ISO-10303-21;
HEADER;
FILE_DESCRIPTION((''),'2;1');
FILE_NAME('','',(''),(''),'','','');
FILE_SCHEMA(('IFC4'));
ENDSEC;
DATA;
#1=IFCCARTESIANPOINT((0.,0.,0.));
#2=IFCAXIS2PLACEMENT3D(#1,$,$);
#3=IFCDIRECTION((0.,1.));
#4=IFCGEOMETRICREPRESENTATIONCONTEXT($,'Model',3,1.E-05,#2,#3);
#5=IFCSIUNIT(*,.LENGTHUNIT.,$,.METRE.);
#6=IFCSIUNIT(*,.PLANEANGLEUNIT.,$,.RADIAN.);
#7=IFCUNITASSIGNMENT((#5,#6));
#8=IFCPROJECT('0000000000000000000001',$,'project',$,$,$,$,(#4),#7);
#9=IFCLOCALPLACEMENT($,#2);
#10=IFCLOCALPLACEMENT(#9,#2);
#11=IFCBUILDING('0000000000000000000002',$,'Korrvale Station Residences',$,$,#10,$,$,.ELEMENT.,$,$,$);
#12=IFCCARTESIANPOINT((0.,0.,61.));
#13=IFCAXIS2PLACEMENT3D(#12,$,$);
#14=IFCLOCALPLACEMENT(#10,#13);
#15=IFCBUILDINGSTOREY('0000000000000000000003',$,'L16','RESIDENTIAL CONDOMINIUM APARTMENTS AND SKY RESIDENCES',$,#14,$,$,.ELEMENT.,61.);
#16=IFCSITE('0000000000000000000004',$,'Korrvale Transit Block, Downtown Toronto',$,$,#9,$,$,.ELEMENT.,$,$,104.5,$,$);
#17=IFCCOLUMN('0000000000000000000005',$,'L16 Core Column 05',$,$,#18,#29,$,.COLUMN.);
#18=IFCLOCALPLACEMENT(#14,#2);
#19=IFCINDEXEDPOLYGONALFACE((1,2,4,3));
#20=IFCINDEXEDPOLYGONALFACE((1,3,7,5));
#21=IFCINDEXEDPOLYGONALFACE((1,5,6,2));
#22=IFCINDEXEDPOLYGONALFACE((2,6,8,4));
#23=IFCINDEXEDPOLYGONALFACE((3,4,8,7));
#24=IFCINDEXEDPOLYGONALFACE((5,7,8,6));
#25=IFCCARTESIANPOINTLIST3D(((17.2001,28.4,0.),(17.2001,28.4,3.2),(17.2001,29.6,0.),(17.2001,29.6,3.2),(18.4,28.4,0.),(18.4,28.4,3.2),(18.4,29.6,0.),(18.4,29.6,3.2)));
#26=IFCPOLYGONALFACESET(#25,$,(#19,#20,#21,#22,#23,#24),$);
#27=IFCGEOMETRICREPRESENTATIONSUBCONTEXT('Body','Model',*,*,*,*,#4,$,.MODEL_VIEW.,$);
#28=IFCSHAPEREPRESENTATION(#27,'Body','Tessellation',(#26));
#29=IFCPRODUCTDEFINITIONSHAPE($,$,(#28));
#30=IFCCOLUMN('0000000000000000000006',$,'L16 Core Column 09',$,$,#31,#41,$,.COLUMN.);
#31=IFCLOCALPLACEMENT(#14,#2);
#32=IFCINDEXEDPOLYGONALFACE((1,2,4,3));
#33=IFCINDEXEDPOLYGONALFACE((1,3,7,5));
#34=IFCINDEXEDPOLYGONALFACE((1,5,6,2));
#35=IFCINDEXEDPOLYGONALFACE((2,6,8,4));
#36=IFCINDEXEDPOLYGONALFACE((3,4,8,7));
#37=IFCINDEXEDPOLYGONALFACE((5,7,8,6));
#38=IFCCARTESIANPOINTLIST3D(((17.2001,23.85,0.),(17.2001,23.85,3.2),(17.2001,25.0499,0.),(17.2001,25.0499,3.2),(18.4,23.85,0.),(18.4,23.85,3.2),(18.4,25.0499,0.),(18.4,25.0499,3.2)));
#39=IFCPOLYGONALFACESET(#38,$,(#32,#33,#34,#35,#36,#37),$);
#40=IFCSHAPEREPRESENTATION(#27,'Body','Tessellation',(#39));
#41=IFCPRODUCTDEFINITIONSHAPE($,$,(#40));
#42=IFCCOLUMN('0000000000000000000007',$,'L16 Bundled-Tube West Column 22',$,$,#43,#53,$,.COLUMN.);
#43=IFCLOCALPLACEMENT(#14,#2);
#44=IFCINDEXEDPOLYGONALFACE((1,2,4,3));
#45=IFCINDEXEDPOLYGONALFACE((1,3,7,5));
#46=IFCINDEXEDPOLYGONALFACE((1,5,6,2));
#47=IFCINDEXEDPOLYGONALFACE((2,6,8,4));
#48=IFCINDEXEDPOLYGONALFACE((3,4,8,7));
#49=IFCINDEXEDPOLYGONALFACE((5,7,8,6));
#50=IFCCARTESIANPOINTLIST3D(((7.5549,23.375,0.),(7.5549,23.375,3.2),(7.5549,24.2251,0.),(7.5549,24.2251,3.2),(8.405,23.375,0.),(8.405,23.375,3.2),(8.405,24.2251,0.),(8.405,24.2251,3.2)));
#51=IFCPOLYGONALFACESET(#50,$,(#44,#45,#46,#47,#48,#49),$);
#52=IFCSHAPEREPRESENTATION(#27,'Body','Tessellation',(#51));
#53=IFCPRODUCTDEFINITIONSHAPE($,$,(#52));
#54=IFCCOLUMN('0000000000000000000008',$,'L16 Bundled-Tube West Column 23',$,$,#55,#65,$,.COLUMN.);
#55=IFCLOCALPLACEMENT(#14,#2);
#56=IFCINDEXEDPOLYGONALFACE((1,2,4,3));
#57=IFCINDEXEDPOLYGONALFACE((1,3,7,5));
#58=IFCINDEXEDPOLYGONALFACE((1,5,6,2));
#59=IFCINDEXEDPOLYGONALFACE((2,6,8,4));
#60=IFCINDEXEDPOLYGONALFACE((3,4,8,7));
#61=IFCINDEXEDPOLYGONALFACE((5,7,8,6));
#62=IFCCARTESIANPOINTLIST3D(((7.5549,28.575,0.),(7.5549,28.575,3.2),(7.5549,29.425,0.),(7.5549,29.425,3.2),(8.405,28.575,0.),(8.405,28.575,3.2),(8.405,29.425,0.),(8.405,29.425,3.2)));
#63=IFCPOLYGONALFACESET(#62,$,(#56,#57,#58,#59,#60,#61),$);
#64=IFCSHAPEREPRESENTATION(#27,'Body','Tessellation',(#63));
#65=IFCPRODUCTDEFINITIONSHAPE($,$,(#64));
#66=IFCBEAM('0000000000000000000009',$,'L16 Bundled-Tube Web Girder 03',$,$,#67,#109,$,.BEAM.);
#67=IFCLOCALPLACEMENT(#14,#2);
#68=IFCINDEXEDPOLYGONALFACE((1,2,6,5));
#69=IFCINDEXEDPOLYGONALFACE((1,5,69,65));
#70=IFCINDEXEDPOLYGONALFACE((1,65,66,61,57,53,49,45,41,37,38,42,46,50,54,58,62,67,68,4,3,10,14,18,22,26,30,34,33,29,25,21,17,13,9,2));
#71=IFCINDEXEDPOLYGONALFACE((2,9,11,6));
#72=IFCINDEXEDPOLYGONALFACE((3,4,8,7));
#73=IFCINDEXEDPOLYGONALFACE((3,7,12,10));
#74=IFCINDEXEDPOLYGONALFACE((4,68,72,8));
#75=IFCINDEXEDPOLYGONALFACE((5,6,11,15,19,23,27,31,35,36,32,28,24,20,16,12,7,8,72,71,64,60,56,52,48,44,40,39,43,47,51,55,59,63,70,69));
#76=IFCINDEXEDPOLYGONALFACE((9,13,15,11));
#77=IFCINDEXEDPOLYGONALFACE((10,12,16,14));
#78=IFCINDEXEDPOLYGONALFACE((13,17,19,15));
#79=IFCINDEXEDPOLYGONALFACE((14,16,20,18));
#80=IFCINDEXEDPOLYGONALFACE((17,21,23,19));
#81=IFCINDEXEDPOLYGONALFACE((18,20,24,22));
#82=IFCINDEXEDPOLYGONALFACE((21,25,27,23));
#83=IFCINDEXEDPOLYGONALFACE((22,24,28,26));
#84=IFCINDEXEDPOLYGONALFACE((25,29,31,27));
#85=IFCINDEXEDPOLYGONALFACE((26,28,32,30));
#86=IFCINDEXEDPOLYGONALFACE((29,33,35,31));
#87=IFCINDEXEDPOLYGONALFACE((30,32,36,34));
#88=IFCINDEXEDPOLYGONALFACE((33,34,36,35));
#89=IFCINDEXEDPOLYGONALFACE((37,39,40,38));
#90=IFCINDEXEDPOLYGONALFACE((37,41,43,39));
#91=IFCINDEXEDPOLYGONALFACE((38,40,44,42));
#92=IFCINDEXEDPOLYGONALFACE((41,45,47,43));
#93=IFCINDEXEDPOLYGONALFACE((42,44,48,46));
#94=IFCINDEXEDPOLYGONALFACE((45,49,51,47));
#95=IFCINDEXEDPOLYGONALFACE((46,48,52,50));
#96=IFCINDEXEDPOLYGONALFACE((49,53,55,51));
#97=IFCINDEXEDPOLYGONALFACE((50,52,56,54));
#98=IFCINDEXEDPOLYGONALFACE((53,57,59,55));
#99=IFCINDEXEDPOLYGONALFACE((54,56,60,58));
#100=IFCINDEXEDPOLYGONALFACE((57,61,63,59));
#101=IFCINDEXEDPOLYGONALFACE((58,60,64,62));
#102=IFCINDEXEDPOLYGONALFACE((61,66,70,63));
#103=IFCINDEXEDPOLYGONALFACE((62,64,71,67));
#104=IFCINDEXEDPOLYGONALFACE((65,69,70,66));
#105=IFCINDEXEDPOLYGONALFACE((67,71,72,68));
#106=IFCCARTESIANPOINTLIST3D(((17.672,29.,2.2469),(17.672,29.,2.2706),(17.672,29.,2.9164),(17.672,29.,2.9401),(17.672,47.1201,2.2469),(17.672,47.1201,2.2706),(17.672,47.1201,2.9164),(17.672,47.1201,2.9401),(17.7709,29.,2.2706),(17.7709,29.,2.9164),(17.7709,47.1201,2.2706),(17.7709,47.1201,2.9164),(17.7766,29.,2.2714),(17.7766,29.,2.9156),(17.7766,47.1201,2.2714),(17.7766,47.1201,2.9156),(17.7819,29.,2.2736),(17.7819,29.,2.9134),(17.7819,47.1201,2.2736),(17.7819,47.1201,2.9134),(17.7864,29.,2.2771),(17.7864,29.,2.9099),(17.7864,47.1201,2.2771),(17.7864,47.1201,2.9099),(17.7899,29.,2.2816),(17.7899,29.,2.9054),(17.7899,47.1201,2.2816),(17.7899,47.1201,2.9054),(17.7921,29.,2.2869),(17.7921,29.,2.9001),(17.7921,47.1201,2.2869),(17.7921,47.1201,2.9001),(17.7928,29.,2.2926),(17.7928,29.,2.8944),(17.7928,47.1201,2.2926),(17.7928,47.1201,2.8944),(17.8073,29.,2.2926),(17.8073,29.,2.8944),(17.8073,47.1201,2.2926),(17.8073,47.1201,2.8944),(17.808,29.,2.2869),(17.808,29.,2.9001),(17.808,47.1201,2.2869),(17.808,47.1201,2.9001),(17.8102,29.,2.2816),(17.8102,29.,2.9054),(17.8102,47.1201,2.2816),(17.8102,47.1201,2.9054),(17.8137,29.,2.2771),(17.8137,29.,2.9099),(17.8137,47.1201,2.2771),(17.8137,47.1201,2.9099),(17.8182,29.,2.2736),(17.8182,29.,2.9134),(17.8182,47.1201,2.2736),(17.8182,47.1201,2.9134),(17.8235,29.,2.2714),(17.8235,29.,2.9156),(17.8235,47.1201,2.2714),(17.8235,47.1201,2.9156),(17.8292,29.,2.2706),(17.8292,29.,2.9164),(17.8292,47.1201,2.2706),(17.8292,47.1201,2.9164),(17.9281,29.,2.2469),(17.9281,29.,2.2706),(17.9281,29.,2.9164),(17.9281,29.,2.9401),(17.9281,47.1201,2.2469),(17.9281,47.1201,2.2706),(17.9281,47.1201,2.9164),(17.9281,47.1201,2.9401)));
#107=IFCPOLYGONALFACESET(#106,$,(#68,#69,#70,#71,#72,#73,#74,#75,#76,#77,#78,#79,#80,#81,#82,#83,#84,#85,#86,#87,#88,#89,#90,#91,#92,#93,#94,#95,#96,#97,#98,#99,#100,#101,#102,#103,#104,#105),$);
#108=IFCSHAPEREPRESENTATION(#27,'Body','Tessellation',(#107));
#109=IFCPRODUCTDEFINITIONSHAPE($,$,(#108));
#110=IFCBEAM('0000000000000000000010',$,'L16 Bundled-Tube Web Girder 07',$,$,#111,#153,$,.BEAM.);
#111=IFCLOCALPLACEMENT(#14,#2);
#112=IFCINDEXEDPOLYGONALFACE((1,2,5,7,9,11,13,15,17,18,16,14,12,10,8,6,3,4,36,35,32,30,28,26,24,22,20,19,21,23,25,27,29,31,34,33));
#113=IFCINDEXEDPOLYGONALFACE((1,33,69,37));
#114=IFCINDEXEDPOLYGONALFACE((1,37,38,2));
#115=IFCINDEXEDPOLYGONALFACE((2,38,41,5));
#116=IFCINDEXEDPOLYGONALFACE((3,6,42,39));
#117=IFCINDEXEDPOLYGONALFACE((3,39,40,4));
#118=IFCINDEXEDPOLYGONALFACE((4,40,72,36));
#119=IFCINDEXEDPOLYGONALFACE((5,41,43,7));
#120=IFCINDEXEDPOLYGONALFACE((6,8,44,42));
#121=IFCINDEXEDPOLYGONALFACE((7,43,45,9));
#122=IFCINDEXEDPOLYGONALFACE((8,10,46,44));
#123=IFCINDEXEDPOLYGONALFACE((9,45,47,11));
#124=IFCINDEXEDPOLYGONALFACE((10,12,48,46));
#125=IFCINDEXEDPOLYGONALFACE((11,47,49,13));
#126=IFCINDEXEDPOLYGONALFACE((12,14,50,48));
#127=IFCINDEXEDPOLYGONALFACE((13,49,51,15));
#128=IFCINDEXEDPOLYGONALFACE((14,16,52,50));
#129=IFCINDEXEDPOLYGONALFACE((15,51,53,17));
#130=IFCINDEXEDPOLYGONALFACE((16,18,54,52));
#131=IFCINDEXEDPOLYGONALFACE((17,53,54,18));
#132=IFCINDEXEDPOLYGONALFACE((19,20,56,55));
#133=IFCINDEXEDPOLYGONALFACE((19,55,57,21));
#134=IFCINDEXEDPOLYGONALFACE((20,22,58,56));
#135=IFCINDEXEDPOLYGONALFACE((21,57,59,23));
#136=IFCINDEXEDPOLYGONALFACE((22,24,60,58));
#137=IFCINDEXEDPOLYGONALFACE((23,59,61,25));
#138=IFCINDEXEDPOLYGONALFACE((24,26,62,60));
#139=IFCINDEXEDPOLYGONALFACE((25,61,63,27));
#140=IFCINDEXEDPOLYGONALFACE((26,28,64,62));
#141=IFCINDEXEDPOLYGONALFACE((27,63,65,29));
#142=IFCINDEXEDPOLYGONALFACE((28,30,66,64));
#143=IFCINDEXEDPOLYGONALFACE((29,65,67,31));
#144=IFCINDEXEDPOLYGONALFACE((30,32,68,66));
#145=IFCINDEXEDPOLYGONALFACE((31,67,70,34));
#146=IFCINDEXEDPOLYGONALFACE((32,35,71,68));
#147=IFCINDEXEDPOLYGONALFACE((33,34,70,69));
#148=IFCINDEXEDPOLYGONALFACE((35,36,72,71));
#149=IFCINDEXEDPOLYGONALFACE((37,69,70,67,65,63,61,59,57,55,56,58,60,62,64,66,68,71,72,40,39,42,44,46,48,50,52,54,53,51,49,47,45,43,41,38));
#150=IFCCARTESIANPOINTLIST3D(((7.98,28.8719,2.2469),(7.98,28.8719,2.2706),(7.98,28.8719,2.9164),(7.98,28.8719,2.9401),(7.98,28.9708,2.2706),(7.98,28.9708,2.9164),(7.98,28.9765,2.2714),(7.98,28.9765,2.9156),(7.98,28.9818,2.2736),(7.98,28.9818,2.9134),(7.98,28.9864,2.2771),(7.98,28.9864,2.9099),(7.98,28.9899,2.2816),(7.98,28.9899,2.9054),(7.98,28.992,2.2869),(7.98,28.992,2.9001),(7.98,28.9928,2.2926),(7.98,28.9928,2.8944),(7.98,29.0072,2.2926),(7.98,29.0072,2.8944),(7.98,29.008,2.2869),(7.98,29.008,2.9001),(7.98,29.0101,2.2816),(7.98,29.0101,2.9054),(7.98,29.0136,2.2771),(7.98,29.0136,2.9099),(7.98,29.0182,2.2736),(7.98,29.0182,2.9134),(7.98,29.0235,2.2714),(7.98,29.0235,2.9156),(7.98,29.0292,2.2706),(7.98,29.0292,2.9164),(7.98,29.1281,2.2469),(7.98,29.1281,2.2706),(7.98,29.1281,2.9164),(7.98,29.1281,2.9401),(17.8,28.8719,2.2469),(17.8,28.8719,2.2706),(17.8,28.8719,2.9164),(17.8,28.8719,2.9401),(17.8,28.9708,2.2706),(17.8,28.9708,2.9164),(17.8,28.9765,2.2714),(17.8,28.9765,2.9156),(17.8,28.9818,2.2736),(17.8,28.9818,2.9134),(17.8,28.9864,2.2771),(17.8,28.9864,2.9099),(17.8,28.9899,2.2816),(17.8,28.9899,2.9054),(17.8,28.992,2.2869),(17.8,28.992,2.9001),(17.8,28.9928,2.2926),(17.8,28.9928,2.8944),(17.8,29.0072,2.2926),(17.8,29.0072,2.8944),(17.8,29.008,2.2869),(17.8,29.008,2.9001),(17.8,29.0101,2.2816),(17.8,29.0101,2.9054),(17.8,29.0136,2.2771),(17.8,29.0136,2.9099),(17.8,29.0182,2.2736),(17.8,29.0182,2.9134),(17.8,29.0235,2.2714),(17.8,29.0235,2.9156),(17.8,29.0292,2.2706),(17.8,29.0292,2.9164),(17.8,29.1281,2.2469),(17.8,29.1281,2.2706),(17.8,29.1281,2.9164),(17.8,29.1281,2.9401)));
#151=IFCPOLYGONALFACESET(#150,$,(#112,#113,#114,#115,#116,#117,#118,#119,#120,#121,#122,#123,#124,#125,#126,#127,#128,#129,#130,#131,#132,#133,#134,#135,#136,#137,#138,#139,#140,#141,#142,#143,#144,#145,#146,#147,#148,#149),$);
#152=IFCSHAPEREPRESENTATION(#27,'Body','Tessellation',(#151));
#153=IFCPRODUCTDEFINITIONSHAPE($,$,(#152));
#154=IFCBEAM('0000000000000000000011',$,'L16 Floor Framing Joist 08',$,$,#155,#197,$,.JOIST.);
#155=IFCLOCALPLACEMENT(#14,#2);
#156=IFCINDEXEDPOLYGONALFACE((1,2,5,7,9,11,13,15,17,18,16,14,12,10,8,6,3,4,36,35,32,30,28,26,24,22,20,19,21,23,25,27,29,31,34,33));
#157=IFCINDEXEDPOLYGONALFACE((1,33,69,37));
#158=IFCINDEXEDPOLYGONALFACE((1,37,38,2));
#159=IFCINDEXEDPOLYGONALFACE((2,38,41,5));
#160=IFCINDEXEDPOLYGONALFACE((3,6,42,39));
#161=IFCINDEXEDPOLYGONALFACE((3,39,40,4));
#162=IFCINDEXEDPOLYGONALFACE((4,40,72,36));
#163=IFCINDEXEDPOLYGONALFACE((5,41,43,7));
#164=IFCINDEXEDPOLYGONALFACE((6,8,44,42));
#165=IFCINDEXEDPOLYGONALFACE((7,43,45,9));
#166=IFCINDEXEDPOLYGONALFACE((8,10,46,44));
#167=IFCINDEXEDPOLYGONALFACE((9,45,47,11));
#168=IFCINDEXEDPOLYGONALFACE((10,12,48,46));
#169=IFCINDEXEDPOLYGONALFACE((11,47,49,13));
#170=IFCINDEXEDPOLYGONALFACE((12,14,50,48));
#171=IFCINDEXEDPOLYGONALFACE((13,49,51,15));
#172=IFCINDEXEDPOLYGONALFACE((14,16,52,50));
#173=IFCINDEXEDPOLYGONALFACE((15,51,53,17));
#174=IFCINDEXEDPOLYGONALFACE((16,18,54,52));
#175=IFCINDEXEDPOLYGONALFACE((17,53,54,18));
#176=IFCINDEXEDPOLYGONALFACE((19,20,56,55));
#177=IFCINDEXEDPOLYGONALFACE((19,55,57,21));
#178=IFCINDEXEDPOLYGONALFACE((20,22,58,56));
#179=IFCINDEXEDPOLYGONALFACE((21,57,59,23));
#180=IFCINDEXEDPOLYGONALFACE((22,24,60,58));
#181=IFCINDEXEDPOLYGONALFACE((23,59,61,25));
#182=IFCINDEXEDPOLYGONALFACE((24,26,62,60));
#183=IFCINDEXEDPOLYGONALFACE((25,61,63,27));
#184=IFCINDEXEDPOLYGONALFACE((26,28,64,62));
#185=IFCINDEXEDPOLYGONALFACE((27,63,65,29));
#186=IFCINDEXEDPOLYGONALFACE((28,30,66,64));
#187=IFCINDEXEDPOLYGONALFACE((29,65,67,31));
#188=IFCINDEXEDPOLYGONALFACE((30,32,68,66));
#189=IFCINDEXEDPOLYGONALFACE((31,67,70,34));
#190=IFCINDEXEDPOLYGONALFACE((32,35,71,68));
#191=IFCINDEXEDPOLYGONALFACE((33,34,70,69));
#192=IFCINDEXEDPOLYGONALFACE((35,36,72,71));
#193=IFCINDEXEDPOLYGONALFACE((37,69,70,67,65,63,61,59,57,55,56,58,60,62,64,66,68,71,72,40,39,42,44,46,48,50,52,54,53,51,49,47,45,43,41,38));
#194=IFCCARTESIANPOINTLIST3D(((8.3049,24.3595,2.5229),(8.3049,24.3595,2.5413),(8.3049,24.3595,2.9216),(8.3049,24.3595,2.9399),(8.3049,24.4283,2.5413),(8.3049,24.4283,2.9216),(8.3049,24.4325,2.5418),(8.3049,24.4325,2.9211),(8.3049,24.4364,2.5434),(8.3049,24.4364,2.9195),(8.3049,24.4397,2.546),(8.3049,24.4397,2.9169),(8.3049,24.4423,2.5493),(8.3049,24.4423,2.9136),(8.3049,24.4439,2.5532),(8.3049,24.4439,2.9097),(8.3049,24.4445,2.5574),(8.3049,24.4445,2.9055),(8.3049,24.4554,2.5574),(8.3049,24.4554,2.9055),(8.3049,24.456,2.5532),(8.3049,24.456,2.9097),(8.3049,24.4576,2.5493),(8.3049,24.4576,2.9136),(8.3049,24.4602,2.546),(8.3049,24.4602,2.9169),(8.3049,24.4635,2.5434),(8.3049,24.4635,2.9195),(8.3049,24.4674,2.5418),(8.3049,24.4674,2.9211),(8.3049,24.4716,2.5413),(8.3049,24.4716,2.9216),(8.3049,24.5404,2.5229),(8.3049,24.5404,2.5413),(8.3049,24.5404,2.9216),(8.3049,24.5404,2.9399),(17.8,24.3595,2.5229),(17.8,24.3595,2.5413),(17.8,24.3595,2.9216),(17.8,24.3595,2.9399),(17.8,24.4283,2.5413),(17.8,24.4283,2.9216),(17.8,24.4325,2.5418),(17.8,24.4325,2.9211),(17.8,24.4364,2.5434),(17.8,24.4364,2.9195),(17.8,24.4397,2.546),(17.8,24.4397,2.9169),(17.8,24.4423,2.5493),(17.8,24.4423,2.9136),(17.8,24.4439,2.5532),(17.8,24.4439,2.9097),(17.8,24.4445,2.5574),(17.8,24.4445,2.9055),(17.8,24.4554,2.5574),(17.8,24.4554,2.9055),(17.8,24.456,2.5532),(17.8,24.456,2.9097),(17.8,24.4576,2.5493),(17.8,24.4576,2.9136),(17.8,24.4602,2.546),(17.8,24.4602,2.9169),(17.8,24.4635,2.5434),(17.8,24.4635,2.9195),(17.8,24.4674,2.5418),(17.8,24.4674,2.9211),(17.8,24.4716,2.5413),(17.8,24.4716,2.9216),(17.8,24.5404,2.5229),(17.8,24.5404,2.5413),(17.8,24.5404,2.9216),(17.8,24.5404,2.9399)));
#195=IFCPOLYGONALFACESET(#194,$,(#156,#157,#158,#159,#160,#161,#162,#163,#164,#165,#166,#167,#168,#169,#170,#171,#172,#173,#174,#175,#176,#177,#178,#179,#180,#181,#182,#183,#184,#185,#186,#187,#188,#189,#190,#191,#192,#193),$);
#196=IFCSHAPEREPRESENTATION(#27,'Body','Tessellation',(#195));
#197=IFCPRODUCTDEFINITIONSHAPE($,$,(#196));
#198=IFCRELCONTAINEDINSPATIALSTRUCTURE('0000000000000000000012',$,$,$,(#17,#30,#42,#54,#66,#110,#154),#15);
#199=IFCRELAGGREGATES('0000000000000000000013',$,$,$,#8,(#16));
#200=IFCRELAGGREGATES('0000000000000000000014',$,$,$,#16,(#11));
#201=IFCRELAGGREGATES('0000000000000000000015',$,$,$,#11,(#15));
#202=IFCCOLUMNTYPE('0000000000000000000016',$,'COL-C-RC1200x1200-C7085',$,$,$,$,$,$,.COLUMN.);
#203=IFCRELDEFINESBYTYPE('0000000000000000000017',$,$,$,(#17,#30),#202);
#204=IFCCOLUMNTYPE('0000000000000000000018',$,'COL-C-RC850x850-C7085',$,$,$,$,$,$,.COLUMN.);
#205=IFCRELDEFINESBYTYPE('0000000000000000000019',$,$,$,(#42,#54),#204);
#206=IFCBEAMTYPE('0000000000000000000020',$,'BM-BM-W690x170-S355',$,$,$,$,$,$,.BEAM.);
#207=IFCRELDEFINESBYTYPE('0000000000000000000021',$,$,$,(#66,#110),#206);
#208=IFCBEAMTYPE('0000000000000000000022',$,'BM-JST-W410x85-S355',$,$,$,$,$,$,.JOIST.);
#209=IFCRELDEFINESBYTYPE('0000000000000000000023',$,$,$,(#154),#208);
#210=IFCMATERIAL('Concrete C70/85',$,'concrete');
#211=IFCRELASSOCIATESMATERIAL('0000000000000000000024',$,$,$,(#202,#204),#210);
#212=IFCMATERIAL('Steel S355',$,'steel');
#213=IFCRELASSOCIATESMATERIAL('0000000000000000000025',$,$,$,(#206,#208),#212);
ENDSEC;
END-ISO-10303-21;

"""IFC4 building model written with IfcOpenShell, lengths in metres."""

from ifc_helpers import new_model, si_unit, direction, frame, origin, origin_2d, place, context, subcontext, project, spatial, rectangle, i_section, extrude, material, material_profile, profile_set, type_object, element, save


model = new_model("IFC4")

# Units and contexts
model_context = context("Model", 3, precision=1e-05, world=origin(), true_north=direction((0.0, 1.0)))
body_context = subcontext(model_context, "Body", "Model", "MODEL_VIEW")
ifc_project = project(units=[si_unit("LENGTHUNIT", "METRE"), si_unit("PLANEANGLEUNIT", "RADIAN")], contexts=[model_context])

# Site, building, storey
site_placement = place(None, origin())
site = spatial("IfcSite", under=ifc_project, at=site_placement, Name="Korrvale Transit Block, Downtown Toronto", CompositionType="ELEMENT", RefElevation=104.5)
building_placement = place(site_placement, origin())
building = spatial("IfcBuilding", under=site, at=building_placement, Name="Korrvale Station Residences", CompositionType="ELEMENT")
storey_placement = place(building_placement, frame((0.0, 0.0, 61.0)))
storey = spatial("IfcBuildingStorey", under=building, at=storey_placement, Name="L16", Description="RESIDENTIAL CONDOMINIUM APARTMENTS AND SKY RESIDENCES", CompositionType="ELEMENT", Elevation=61.0)

# Columns
ifc_material_1 = material(Name="Concrete C70/85", Category="concrete")
ifc_material_profile_1 = material_profile(ifc_material_1, rectangle(XDim=1.2, YDim=1.2, at=origin_2d()), Name="RC1200x1200")
ifc_profile_set_1 = profile_set([ifc_material_profile_1], Name="Concrete C70/85")
column_type_1 = type_object("IfcColumnType", Name="COL-C-RC1200x1200-C7085", PredefinedType="COLUMN", material=ifc_profile_set_1)
for number, where, z_axis, x_axis, name in (
    (1, (17.8, 29.0, 0.0), (0.0, 0.0, 1.0), (1.0, 0.0, 0.0), "L16 Core Column 05"),
    (2, (17.8, 24.45, 0.0), (0.0, 0.0, 1.0), (1.0, 0.0, 0.0), "L16 Core Column 09"),
):
    element("IfcColumn", number, at=place(storey_placement, frame(where, z_axis=z_axis, x_axis=x_axis)), inside=storey, type_object=column_type_1, Name=name, PredefinedType="COLUMN", context=body_context, shape_type="SweptSolid", body=[
        extrude(rectangle(XDim=1.2, YDim=1.2, at=origin_2d()), origin(), (0.0, 0.0, 1.0), 3.2),
    ])
ifc_material_profile_2 = material_profile(ifc_material_1, rectangle(XDim=0.8501, YDim=0.8501, at=origin_2d()), Name="RC850x850")
ifc_profile_set_2 = profile_set([ifc_material_profile_2], Name="Concrete C70/85")
column_type_2 = type_object("IfcColumnType", Name="COL-C-RC850x850-C7085", PredefinedType="COLUMN", material=ifc_profile_set_2)
for number, where, z_axis, x_axis, name in (
    (3, (7.98, 23.8, 0.0), (0.0, 0.0, 1.0), (1.0, 0.0, 0.0), "L16 Bundled-Tube West Column 22"),
    (4, (7.98, 29.0, 0.0), (0.0, 0.0, 1.0), (1.0, 0.0, 0.0), "L16 Bundled-Tube West Column 23"),
):
    element("IfcColumn", number, at=place(storey_placement, frame(where, z_axis=z_axis, x_axis=x_axis)), inside=storey, type_object=column_type_2, Name=name, PredefinedType="COLUMN", context=body_context, shape_type="SweptSolid", body=[
        extrude(rectangle(XDim=0.8501, YDim=0.8501, at=origin_2d()), origin(), (0.0, 0.0, 1.0), 3.2),
    ])

# Beams
ifc_material_2 = material(Name="Steel S355", Category="steel")
ifc_material_profile_3 = material_profile(ifc_material_2, i_section(OverallWidth=0.2561, OverallDepth=0.6931, WebThickness=0.0144, FlangeThickness=0.0237, FilletRadius=0.022, at=origin_2d()), Name="W690x170")
ifc_profile_set_3 = profile_set([ifc_material_profile_3], Name="Steel S355")
beam_type_1 = type_object("IfcBeamType", Name="BM-BM-W690x170-S355", PredefinedType="BEAM", material=ifc_profile_set_3)
beam_1_placement = place(storey_placement, frame((17.8, 29.0, 2.5935), z_axis=(0.0, 1.0, 0.0), x_axis=(-1.0, 0.0, 0.0)))
element("IfcBeam", 5, at=beam_1_placement, inside=storey, type_object=beam_type_1, Name="L16 Bundled-Tube Web Girder 03", PredefinedType="BEAM", context=body_context, shape_type="SweptSolid", body=[
    extrude(i_section(OverallWidth=0.2561, OverallDepth=0.6931, WebThickness=0.0144, FlangeThickness=0.0237, FilletRadius=0.022, at=origin_2d()), origin(), (0.0, 0.0, 1.0), 18.1201),
])
beam_2_placement = place(storey_placement, frame((7.98, 29.0, 2.5935), z_axis=(1.0, 0.0, 0.0), x_axis=(0.0, 1.0, 0.0)))
element("IfcBeam", 6, at=beam_2_placement, inside=storey, type_object=beam_type_1, Name="L16 Bundled-Tube Web Girder 07", PredefinedType="BEAM", context=body_context, shape_type="SweptSolid", body=[
    extrude(i_section(OverallWidth=0.2561, OverallDepth=0.6931, WebThickness=0.0144, FlangeThickness=0.0237, FilletRadius=0.022, at=origin_2d()), origin(), (0.0, 0.0, 1.0), 9.8201),
])
ifc_material_profile_4 = material_profile(ifc_material_2, i_section(OverallWidth=0.1809, OverallDepth=0.417, WebThickness=0.011, FlangeThickness=0.0183, FilletRadius=0.0161, at=origin_2d()), Name="W410x85")
ifc_profile_set_4 = profile_set([ifc_material_profile_4], Name="Steel S355")
beam_type_2 = type_object("IfcBeamType", Name="BM-JST-W410x85-S355", PredefinedType="JOIST", material=ifc_profile_set_4)
beam_3_placement = place(storey_placement, frame((8.3049, 24.45, 2.7314), z_axis=(1.0, 0.0, 0.0), x_axis=(0.0, 1.0, 0.0)))
element("IfcBeam", 7, at=beam_3_placement, inside=storey, type_object=beam_type_2, Name="L16 Floor Framing Joist 08", PredefinedType="JOIST", context=body_context, shape_type="SweptSolid", body=[
    extrude(i_section(OverallWidth=0.1809, OverallDepth=0.417, WebThickness=0.011, FlangeThickness=0.0183, FilletRadius=0.0161, at=origin_2d()), origin(), (0.0, 0.0, 1.0), 9.4951),
])

save(model, "model.ifc")
